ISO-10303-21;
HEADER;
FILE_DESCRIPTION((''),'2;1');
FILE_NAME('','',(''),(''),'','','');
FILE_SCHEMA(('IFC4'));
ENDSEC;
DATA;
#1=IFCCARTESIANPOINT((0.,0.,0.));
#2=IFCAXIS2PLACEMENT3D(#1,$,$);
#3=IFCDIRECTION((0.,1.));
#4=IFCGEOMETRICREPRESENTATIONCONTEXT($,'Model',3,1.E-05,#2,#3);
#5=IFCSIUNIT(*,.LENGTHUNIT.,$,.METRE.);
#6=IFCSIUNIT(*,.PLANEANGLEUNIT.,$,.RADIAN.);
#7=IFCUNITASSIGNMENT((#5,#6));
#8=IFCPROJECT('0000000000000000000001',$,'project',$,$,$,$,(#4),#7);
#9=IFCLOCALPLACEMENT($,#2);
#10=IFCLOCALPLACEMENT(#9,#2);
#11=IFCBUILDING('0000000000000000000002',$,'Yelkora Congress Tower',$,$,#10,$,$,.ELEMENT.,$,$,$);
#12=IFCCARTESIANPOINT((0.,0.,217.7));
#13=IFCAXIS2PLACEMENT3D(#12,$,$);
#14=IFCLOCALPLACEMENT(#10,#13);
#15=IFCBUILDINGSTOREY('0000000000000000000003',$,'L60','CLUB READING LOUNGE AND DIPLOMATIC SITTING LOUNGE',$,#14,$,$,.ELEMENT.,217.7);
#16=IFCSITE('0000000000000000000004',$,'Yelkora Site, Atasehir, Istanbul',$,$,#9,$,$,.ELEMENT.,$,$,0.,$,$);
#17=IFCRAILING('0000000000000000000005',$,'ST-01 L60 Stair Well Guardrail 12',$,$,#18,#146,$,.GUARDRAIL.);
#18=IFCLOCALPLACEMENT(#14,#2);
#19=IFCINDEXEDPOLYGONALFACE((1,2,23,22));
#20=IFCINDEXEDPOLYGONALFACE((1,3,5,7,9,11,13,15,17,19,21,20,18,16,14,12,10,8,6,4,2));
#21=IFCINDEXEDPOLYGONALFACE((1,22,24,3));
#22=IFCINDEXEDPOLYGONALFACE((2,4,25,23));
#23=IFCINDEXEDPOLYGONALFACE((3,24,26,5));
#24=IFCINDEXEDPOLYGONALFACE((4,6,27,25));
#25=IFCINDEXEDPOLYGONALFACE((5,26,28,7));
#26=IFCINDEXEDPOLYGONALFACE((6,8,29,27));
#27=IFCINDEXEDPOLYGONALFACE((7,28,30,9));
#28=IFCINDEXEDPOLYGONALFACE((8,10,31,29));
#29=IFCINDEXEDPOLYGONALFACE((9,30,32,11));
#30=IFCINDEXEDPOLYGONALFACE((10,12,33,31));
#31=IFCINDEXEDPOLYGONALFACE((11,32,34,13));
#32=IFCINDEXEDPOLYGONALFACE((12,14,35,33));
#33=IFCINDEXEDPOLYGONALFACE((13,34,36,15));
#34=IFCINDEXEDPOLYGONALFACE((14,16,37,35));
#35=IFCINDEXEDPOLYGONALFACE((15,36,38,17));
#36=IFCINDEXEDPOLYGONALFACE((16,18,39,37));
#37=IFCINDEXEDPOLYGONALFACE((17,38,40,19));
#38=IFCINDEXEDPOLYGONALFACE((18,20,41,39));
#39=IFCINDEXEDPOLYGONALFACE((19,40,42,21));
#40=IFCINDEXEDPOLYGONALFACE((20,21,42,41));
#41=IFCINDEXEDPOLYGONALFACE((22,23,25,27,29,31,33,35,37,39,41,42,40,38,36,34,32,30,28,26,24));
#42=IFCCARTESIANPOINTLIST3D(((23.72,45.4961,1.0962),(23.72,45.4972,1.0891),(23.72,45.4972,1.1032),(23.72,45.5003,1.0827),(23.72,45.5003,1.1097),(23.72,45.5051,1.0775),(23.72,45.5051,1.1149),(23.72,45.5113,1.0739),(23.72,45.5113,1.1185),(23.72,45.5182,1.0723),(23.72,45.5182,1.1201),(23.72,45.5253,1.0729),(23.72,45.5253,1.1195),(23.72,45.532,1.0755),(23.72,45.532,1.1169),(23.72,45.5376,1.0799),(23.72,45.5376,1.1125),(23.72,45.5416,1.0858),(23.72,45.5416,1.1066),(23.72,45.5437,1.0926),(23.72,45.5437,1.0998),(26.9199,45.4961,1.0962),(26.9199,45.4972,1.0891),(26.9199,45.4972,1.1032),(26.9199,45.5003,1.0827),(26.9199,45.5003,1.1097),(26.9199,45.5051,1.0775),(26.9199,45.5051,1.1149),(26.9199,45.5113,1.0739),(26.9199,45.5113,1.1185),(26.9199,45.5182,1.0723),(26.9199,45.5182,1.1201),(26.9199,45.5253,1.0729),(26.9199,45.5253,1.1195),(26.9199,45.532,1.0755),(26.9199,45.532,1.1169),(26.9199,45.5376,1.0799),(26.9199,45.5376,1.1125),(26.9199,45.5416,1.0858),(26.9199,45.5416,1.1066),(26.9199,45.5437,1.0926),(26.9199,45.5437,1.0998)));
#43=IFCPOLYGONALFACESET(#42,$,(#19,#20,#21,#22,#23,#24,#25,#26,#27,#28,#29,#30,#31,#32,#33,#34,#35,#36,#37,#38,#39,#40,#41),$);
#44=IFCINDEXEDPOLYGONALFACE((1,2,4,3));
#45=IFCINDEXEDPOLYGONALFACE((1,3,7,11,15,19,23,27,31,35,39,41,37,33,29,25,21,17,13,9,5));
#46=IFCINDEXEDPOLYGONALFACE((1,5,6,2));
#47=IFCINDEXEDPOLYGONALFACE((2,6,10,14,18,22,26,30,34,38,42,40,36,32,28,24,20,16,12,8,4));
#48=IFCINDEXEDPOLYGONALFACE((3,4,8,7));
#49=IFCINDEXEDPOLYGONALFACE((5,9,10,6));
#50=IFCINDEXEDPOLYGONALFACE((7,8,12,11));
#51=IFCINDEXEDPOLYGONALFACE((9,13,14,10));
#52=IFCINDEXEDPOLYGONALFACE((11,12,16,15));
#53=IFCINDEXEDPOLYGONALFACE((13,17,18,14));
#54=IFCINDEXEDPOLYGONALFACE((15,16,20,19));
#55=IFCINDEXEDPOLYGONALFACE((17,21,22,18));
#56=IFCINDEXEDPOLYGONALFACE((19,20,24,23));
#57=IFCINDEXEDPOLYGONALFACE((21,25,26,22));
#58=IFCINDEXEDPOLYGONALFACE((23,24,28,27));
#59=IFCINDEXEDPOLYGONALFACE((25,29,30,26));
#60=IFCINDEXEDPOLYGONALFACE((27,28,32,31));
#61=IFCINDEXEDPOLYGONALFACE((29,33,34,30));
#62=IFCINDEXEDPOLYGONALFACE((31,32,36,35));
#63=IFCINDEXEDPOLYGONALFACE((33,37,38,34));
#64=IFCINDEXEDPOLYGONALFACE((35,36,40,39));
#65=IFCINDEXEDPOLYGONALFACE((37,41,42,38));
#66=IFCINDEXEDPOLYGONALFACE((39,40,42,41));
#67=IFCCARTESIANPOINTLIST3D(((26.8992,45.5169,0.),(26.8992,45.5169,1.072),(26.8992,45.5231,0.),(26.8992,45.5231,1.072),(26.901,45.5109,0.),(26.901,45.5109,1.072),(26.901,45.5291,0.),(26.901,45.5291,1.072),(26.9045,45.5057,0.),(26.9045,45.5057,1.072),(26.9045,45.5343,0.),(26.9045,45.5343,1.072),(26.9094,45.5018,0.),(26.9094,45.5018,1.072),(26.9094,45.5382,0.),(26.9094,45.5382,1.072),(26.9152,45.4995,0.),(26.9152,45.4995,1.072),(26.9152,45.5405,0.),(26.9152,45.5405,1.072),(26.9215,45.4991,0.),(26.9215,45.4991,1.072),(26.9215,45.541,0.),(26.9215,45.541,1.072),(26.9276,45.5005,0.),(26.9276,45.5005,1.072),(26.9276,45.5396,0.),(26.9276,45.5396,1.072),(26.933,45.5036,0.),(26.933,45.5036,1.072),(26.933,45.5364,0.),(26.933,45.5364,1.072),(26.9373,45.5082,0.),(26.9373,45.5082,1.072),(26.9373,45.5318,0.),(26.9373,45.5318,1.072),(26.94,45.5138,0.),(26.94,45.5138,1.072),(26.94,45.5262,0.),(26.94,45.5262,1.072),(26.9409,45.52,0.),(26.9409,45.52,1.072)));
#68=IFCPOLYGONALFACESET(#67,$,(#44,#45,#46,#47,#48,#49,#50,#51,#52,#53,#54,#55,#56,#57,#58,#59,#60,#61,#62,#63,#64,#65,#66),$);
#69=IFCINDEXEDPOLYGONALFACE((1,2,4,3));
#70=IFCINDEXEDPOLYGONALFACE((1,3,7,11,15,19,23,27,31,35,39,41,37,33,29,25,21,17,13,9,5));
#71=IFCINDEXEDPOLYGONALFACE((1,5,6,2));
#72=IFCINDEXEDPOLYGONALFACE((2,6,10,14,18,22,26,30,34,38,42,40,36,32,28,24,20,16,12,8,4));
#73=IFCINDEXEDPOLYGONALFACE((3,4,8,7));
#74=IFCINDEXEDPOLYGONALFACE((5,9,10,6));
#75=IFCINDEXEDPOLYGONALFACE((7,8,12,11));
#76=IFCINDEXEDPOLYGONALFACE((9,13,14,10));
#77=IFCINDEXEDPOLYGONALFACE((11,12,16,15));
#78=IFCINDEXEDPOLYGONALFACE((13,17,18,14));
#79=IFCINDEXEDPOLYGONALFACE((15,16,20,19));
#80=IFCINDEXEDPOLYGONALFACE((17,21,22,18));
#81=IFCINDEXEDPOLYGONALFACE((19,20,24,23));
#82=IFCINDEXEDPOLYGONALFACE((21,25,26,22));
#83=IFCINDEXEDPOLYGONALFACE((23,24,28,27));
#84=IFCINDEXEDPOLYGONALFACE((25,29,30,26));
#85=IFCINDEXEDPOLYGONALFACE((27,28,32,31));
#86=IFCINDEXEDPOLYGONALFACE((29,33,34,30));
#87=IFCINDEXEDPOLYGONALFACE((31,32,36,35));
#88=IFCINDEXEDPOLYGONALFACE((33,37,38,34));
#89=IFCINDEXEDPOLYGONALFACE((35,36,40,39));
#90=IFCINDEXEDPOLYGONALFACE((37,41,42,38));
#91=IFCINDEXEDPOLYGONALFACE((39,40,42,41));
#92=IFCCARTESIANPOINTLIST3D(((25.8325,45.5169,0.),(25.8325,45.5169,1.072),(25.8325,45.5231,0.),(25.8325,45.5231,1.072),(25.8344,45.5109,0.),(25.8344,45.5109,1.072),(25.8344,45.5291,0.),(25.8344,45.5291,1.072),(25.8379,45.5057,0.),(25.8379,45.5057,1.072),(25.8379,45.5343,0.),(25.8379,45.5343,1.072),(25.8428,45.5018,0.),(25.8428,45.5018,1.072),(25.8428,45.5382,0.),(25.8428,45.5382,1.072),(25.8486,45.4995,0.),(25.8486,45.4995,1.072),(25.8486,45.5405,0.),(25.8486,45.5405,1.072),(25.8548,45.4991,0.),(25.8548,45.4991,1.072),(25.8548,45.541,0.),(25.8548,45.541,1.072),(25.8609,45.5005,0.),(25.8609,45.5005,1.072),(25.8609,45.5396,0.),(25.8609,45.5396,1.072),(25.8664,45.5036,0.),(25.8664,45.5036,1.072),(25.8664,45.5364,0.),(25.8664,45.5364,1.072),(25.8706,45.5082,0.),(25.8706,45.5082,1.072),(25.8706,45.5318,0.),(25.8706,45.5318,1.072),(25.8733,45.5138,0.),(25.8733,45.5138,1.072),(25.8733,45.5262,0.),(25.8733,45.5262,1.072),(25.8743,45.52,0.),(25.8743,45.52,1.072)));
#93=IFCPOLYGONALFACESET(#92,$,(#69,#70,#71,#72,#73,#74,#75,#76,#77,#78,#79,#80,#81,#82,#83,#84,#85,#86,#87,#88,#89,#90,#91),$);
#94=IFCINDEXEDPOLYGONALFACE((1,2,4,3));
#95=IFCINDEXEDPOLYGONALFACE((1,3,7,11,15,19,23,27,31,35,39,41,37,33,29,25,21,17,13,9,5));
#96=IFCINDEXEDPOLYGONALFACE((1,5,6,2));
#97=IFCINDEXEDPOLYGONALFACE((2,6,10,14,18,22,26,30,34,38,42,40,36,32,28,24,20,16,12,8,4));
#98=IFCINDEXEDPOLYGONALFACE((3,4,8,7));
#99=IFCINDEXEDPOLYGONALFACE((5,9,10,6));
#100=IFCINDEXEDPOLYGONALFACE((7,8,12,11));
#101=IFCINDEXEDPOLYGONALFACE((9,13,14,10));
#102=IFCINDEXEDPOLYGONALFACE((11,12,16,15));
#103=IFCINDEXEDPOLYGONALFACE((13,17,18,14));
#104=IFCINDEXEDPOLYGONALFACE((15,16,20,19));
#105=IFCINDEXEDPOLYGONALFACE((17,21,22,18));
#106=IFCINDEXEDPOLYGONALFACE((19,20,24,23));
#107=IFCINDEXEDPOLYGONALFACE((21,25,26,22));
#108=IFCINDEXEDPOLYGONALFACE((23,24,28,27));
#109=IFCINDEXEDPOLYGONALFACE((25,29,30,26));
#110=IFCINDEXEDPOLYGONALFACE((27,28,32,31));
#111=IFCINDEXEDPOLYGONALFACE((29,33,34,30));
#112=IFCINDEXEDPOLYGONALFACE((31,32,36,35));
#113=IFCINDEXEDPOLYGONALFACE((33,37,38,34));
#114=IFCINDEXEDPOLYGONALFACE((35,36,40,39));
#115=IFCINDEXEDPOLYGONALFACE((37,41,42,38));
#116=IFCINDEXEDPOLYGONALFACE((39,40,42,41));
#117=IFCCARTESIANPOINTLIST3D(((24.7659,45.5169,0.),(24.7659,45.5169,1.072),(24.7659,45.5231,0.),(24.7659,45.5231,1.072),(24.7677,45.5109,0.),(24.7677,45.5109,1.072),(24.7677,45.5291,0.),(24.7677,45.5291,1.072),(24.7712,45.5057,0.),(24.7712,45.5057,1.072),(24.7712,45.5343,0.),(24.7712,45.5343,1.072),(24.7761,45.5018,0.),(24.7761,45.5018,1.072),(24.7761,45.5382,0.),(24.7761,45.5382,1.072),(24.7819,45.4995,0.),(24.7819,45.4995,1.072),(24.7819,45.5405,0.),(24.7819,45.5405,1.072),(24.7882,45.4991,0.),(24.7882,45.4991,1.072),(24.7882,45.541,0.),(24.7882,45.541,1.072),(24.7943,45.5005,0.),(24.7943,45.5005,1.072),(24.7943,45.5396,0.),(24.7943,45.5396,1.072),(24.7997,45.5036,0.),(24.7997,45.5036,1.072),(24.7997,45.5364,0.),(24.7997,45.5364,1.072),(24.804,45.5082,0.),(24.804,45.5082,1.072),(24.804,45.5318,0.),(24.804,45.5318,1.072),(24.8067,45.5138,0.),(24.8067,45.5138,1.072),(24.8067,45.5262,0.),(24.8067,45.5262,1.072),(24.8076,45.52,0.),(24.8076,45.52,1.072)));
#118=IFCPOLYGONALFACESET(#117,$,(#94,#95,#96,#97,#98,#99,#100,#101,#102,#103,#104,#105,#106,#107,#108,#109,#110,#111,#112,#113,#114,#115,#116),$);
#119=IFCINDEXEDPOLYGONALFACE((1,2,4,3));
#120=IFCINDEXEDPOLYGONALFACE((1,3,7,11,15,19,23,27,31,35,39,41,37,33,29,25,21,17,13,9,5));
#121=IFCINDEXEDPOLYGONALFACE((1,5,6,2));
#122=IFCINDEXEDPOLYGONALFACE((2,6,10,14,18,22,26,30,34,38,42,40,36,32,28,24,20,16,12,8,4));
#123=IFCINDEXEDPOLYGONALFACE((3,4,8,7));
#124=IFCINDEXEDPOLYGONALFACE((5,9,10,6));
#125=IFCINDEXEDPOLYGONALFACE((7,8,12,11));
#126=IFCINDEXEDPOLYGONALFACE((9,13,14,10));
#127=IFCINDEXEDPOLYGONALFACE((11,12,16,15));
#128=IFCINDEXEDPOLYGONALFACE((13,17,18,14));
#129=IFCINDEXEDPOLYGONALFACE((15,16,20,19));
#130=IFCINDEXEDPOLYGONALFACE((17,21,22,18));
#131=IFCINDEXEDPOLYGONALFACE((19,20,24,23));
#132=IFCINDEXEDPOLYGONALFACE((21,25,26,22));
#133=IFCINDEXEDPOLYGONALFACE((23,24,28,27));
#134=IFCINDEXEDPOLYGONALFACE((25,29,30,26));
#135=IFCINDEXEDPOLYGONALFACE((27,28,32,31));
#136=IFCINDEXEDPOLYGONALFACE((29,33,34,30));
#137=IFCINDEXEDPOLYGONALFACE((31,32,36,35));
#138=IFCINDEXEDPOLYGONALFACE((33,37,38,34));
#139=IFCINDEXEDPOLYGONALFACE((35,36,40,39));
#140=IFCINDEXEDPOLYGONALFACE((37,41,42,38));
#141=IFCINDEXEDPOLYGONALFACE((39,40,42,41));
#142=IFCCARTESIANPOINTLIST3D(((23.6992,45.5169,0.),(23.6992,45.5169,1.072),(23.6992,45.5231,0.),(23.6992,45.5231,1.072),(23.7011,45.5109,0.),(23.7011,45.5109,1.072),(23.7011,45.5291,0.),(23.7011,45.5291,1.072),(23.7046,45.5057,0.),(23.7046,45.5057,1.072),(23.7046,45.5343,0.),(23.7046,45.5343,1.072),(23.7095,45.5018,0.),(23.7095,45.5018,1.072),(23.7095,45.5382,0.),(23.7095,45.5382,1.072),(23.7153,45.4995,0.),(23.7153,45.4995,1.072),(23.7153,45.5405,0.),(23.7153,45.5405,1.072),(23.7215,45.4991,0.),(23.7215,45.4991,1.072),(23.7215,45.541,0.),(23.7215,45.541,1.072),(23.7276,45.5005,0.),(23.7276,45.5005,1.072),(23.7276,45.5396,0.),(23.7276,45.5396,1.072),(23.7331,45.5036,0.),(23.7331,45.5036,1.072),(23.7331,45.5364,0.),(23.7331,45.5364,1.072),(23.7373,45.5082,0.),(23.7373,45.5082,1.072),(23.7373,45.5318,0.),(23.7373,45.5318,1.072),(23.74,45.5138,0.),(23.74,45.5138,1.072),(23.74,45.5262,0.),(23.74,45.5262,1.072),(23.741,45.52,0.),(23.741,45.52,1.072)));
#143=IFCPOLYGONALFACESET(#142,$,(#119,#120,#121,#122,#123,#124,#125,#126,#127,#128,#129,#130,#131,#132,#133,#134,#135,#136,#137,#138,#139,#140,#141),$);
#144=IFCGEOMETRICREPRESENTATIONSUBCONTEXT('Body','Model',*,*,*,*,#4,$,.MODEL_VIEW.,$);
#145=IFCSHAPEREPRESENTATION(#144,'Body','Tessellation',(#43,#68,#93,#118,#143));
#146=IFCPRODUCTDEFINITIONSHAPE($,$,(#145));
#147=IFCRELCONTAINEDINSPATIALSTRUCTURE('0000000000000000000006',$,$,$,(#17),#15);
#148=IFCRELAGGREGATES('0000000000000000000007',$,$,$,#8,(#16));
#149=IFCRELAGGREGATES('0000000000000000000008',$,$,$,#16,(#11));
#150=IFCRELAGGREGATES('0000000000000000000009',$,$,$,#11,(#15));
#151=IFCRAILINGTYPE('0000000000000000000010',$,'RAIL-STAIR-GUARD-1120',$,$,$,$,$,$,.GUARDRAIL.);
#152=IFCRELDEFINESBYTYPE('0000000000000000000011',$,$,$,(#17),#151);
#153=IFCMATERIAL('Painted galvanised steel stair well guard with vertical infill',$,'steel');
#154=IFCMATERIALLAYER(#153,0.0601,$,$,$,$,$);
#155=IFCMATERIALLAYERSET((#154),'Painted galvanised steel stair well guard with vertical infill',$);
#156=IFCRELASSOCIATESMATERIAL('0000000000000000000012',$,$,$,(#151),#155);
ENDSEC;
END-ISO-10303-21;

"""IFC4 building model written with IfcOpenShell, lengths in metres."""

from ifc_helpers import new_model, si_unit, direction, frame, origin, origin_2d, place, context, subcontext, project, spatial, circle, extrude, material, layer, layer_set, type_object, element, save


model = new_model("IFC4")

# Units and contexts
model_context = context("Model", 3, precision=1e-05, world=origin(), true_north=direction((0.0, 1.0)))
body_context = subcontext(model_context, "Body", "Model", "MODEL_VIEW")
ifc_project = project(units=[si_unit("LENGTHUNIT", "METRE"), si_unit("PLANEANGLEUNIT", "RADIAN")], contexts=[model_context])

# Site, building, storey
site_placement = place(None, origin())
site = spatial("IfcSite", under=ifc_project, at=site_placement, Name="Yelkora Site, Atasehir, Istanbul", CompositionType="ELEMENT", RefElevation=0.0)
building_placement = place(site_placement, origin())
building = spatial("IfcBuilding", under=site, at=building_placement, Name="Yelkora Congress Tower", CompositionType="ELEMENT")
storey_placement = place(building_placement, frame((0.0, 0.0, 217.7)))
storey = spatial("IfcBuildingStorey", under=building, at=storey_placement, Name="L60", Description="CLUB READING LOUNGE AND DIPLOMATIC SITTING LOUNGE", CompositionType="ELEMENT", Elevation=217.7)

# Railing
ifc_material_1 = material(Name="Painted galvanised steel stair well guard with vertical infill", Category="steel")
ifc_layer_1 = layer(ifc_material_1, 0.0601)
ifc_layer_set_1 = layer_set([ifc_layer_1], Name="Painted galvanised steel stair well guard with vertical infill")
railing_type_1 = type_object("IfcRailingType", Name="RAIL-STAIR-GUARD-1120", PredefinedType="GUARDRAIL", material=ifc_layer_set_1)
railing_1_placement = place(storey_placement, frame((26.9199, 45.52, 0.0)))
element("IfcRailing", 1, at=railing_1_placement, inside=storey, type_object=railing_type_1, Name="ST-01 L60 Stair Well Guardrail 12", PredefinedType="GUARDRAIL", context=body_context, shape_type="SweptSolid", body=[
    extrude(circle(Radius=0.0239, at=origin_2d()), frame((0.0, 0.0, 1.0962), z_axis=(-1.0, 0.0, 0.0), x_axis=(0.0, -1.0, 0.0)), (0.0, 0.0, 1.0), 3.2),
    extrude(circle(Radius=0.021, at=origin_2d()), origin(), (0.0, 0.0, 1.0), 1.072),
    extrude(circle(Radius=0.021, at=origin_2d()), frame((-1.0667, 0.0, 0.0)), (0.0, 0.0, 1.0), 1.072),
    extrude(circle(Radius=0.021, at=origin_2d()), frame((-2.1333, 0.0, 0.0)), (0.0, 0.0, 1.0), 1.072),
    extrude(circle(Radius=0.021, at=origin_2d()), frame((-3.2, 0.0, 0.0)), (0.0, 0.0, 1.0), 1.072),
])

save(model, "model.ifc")
